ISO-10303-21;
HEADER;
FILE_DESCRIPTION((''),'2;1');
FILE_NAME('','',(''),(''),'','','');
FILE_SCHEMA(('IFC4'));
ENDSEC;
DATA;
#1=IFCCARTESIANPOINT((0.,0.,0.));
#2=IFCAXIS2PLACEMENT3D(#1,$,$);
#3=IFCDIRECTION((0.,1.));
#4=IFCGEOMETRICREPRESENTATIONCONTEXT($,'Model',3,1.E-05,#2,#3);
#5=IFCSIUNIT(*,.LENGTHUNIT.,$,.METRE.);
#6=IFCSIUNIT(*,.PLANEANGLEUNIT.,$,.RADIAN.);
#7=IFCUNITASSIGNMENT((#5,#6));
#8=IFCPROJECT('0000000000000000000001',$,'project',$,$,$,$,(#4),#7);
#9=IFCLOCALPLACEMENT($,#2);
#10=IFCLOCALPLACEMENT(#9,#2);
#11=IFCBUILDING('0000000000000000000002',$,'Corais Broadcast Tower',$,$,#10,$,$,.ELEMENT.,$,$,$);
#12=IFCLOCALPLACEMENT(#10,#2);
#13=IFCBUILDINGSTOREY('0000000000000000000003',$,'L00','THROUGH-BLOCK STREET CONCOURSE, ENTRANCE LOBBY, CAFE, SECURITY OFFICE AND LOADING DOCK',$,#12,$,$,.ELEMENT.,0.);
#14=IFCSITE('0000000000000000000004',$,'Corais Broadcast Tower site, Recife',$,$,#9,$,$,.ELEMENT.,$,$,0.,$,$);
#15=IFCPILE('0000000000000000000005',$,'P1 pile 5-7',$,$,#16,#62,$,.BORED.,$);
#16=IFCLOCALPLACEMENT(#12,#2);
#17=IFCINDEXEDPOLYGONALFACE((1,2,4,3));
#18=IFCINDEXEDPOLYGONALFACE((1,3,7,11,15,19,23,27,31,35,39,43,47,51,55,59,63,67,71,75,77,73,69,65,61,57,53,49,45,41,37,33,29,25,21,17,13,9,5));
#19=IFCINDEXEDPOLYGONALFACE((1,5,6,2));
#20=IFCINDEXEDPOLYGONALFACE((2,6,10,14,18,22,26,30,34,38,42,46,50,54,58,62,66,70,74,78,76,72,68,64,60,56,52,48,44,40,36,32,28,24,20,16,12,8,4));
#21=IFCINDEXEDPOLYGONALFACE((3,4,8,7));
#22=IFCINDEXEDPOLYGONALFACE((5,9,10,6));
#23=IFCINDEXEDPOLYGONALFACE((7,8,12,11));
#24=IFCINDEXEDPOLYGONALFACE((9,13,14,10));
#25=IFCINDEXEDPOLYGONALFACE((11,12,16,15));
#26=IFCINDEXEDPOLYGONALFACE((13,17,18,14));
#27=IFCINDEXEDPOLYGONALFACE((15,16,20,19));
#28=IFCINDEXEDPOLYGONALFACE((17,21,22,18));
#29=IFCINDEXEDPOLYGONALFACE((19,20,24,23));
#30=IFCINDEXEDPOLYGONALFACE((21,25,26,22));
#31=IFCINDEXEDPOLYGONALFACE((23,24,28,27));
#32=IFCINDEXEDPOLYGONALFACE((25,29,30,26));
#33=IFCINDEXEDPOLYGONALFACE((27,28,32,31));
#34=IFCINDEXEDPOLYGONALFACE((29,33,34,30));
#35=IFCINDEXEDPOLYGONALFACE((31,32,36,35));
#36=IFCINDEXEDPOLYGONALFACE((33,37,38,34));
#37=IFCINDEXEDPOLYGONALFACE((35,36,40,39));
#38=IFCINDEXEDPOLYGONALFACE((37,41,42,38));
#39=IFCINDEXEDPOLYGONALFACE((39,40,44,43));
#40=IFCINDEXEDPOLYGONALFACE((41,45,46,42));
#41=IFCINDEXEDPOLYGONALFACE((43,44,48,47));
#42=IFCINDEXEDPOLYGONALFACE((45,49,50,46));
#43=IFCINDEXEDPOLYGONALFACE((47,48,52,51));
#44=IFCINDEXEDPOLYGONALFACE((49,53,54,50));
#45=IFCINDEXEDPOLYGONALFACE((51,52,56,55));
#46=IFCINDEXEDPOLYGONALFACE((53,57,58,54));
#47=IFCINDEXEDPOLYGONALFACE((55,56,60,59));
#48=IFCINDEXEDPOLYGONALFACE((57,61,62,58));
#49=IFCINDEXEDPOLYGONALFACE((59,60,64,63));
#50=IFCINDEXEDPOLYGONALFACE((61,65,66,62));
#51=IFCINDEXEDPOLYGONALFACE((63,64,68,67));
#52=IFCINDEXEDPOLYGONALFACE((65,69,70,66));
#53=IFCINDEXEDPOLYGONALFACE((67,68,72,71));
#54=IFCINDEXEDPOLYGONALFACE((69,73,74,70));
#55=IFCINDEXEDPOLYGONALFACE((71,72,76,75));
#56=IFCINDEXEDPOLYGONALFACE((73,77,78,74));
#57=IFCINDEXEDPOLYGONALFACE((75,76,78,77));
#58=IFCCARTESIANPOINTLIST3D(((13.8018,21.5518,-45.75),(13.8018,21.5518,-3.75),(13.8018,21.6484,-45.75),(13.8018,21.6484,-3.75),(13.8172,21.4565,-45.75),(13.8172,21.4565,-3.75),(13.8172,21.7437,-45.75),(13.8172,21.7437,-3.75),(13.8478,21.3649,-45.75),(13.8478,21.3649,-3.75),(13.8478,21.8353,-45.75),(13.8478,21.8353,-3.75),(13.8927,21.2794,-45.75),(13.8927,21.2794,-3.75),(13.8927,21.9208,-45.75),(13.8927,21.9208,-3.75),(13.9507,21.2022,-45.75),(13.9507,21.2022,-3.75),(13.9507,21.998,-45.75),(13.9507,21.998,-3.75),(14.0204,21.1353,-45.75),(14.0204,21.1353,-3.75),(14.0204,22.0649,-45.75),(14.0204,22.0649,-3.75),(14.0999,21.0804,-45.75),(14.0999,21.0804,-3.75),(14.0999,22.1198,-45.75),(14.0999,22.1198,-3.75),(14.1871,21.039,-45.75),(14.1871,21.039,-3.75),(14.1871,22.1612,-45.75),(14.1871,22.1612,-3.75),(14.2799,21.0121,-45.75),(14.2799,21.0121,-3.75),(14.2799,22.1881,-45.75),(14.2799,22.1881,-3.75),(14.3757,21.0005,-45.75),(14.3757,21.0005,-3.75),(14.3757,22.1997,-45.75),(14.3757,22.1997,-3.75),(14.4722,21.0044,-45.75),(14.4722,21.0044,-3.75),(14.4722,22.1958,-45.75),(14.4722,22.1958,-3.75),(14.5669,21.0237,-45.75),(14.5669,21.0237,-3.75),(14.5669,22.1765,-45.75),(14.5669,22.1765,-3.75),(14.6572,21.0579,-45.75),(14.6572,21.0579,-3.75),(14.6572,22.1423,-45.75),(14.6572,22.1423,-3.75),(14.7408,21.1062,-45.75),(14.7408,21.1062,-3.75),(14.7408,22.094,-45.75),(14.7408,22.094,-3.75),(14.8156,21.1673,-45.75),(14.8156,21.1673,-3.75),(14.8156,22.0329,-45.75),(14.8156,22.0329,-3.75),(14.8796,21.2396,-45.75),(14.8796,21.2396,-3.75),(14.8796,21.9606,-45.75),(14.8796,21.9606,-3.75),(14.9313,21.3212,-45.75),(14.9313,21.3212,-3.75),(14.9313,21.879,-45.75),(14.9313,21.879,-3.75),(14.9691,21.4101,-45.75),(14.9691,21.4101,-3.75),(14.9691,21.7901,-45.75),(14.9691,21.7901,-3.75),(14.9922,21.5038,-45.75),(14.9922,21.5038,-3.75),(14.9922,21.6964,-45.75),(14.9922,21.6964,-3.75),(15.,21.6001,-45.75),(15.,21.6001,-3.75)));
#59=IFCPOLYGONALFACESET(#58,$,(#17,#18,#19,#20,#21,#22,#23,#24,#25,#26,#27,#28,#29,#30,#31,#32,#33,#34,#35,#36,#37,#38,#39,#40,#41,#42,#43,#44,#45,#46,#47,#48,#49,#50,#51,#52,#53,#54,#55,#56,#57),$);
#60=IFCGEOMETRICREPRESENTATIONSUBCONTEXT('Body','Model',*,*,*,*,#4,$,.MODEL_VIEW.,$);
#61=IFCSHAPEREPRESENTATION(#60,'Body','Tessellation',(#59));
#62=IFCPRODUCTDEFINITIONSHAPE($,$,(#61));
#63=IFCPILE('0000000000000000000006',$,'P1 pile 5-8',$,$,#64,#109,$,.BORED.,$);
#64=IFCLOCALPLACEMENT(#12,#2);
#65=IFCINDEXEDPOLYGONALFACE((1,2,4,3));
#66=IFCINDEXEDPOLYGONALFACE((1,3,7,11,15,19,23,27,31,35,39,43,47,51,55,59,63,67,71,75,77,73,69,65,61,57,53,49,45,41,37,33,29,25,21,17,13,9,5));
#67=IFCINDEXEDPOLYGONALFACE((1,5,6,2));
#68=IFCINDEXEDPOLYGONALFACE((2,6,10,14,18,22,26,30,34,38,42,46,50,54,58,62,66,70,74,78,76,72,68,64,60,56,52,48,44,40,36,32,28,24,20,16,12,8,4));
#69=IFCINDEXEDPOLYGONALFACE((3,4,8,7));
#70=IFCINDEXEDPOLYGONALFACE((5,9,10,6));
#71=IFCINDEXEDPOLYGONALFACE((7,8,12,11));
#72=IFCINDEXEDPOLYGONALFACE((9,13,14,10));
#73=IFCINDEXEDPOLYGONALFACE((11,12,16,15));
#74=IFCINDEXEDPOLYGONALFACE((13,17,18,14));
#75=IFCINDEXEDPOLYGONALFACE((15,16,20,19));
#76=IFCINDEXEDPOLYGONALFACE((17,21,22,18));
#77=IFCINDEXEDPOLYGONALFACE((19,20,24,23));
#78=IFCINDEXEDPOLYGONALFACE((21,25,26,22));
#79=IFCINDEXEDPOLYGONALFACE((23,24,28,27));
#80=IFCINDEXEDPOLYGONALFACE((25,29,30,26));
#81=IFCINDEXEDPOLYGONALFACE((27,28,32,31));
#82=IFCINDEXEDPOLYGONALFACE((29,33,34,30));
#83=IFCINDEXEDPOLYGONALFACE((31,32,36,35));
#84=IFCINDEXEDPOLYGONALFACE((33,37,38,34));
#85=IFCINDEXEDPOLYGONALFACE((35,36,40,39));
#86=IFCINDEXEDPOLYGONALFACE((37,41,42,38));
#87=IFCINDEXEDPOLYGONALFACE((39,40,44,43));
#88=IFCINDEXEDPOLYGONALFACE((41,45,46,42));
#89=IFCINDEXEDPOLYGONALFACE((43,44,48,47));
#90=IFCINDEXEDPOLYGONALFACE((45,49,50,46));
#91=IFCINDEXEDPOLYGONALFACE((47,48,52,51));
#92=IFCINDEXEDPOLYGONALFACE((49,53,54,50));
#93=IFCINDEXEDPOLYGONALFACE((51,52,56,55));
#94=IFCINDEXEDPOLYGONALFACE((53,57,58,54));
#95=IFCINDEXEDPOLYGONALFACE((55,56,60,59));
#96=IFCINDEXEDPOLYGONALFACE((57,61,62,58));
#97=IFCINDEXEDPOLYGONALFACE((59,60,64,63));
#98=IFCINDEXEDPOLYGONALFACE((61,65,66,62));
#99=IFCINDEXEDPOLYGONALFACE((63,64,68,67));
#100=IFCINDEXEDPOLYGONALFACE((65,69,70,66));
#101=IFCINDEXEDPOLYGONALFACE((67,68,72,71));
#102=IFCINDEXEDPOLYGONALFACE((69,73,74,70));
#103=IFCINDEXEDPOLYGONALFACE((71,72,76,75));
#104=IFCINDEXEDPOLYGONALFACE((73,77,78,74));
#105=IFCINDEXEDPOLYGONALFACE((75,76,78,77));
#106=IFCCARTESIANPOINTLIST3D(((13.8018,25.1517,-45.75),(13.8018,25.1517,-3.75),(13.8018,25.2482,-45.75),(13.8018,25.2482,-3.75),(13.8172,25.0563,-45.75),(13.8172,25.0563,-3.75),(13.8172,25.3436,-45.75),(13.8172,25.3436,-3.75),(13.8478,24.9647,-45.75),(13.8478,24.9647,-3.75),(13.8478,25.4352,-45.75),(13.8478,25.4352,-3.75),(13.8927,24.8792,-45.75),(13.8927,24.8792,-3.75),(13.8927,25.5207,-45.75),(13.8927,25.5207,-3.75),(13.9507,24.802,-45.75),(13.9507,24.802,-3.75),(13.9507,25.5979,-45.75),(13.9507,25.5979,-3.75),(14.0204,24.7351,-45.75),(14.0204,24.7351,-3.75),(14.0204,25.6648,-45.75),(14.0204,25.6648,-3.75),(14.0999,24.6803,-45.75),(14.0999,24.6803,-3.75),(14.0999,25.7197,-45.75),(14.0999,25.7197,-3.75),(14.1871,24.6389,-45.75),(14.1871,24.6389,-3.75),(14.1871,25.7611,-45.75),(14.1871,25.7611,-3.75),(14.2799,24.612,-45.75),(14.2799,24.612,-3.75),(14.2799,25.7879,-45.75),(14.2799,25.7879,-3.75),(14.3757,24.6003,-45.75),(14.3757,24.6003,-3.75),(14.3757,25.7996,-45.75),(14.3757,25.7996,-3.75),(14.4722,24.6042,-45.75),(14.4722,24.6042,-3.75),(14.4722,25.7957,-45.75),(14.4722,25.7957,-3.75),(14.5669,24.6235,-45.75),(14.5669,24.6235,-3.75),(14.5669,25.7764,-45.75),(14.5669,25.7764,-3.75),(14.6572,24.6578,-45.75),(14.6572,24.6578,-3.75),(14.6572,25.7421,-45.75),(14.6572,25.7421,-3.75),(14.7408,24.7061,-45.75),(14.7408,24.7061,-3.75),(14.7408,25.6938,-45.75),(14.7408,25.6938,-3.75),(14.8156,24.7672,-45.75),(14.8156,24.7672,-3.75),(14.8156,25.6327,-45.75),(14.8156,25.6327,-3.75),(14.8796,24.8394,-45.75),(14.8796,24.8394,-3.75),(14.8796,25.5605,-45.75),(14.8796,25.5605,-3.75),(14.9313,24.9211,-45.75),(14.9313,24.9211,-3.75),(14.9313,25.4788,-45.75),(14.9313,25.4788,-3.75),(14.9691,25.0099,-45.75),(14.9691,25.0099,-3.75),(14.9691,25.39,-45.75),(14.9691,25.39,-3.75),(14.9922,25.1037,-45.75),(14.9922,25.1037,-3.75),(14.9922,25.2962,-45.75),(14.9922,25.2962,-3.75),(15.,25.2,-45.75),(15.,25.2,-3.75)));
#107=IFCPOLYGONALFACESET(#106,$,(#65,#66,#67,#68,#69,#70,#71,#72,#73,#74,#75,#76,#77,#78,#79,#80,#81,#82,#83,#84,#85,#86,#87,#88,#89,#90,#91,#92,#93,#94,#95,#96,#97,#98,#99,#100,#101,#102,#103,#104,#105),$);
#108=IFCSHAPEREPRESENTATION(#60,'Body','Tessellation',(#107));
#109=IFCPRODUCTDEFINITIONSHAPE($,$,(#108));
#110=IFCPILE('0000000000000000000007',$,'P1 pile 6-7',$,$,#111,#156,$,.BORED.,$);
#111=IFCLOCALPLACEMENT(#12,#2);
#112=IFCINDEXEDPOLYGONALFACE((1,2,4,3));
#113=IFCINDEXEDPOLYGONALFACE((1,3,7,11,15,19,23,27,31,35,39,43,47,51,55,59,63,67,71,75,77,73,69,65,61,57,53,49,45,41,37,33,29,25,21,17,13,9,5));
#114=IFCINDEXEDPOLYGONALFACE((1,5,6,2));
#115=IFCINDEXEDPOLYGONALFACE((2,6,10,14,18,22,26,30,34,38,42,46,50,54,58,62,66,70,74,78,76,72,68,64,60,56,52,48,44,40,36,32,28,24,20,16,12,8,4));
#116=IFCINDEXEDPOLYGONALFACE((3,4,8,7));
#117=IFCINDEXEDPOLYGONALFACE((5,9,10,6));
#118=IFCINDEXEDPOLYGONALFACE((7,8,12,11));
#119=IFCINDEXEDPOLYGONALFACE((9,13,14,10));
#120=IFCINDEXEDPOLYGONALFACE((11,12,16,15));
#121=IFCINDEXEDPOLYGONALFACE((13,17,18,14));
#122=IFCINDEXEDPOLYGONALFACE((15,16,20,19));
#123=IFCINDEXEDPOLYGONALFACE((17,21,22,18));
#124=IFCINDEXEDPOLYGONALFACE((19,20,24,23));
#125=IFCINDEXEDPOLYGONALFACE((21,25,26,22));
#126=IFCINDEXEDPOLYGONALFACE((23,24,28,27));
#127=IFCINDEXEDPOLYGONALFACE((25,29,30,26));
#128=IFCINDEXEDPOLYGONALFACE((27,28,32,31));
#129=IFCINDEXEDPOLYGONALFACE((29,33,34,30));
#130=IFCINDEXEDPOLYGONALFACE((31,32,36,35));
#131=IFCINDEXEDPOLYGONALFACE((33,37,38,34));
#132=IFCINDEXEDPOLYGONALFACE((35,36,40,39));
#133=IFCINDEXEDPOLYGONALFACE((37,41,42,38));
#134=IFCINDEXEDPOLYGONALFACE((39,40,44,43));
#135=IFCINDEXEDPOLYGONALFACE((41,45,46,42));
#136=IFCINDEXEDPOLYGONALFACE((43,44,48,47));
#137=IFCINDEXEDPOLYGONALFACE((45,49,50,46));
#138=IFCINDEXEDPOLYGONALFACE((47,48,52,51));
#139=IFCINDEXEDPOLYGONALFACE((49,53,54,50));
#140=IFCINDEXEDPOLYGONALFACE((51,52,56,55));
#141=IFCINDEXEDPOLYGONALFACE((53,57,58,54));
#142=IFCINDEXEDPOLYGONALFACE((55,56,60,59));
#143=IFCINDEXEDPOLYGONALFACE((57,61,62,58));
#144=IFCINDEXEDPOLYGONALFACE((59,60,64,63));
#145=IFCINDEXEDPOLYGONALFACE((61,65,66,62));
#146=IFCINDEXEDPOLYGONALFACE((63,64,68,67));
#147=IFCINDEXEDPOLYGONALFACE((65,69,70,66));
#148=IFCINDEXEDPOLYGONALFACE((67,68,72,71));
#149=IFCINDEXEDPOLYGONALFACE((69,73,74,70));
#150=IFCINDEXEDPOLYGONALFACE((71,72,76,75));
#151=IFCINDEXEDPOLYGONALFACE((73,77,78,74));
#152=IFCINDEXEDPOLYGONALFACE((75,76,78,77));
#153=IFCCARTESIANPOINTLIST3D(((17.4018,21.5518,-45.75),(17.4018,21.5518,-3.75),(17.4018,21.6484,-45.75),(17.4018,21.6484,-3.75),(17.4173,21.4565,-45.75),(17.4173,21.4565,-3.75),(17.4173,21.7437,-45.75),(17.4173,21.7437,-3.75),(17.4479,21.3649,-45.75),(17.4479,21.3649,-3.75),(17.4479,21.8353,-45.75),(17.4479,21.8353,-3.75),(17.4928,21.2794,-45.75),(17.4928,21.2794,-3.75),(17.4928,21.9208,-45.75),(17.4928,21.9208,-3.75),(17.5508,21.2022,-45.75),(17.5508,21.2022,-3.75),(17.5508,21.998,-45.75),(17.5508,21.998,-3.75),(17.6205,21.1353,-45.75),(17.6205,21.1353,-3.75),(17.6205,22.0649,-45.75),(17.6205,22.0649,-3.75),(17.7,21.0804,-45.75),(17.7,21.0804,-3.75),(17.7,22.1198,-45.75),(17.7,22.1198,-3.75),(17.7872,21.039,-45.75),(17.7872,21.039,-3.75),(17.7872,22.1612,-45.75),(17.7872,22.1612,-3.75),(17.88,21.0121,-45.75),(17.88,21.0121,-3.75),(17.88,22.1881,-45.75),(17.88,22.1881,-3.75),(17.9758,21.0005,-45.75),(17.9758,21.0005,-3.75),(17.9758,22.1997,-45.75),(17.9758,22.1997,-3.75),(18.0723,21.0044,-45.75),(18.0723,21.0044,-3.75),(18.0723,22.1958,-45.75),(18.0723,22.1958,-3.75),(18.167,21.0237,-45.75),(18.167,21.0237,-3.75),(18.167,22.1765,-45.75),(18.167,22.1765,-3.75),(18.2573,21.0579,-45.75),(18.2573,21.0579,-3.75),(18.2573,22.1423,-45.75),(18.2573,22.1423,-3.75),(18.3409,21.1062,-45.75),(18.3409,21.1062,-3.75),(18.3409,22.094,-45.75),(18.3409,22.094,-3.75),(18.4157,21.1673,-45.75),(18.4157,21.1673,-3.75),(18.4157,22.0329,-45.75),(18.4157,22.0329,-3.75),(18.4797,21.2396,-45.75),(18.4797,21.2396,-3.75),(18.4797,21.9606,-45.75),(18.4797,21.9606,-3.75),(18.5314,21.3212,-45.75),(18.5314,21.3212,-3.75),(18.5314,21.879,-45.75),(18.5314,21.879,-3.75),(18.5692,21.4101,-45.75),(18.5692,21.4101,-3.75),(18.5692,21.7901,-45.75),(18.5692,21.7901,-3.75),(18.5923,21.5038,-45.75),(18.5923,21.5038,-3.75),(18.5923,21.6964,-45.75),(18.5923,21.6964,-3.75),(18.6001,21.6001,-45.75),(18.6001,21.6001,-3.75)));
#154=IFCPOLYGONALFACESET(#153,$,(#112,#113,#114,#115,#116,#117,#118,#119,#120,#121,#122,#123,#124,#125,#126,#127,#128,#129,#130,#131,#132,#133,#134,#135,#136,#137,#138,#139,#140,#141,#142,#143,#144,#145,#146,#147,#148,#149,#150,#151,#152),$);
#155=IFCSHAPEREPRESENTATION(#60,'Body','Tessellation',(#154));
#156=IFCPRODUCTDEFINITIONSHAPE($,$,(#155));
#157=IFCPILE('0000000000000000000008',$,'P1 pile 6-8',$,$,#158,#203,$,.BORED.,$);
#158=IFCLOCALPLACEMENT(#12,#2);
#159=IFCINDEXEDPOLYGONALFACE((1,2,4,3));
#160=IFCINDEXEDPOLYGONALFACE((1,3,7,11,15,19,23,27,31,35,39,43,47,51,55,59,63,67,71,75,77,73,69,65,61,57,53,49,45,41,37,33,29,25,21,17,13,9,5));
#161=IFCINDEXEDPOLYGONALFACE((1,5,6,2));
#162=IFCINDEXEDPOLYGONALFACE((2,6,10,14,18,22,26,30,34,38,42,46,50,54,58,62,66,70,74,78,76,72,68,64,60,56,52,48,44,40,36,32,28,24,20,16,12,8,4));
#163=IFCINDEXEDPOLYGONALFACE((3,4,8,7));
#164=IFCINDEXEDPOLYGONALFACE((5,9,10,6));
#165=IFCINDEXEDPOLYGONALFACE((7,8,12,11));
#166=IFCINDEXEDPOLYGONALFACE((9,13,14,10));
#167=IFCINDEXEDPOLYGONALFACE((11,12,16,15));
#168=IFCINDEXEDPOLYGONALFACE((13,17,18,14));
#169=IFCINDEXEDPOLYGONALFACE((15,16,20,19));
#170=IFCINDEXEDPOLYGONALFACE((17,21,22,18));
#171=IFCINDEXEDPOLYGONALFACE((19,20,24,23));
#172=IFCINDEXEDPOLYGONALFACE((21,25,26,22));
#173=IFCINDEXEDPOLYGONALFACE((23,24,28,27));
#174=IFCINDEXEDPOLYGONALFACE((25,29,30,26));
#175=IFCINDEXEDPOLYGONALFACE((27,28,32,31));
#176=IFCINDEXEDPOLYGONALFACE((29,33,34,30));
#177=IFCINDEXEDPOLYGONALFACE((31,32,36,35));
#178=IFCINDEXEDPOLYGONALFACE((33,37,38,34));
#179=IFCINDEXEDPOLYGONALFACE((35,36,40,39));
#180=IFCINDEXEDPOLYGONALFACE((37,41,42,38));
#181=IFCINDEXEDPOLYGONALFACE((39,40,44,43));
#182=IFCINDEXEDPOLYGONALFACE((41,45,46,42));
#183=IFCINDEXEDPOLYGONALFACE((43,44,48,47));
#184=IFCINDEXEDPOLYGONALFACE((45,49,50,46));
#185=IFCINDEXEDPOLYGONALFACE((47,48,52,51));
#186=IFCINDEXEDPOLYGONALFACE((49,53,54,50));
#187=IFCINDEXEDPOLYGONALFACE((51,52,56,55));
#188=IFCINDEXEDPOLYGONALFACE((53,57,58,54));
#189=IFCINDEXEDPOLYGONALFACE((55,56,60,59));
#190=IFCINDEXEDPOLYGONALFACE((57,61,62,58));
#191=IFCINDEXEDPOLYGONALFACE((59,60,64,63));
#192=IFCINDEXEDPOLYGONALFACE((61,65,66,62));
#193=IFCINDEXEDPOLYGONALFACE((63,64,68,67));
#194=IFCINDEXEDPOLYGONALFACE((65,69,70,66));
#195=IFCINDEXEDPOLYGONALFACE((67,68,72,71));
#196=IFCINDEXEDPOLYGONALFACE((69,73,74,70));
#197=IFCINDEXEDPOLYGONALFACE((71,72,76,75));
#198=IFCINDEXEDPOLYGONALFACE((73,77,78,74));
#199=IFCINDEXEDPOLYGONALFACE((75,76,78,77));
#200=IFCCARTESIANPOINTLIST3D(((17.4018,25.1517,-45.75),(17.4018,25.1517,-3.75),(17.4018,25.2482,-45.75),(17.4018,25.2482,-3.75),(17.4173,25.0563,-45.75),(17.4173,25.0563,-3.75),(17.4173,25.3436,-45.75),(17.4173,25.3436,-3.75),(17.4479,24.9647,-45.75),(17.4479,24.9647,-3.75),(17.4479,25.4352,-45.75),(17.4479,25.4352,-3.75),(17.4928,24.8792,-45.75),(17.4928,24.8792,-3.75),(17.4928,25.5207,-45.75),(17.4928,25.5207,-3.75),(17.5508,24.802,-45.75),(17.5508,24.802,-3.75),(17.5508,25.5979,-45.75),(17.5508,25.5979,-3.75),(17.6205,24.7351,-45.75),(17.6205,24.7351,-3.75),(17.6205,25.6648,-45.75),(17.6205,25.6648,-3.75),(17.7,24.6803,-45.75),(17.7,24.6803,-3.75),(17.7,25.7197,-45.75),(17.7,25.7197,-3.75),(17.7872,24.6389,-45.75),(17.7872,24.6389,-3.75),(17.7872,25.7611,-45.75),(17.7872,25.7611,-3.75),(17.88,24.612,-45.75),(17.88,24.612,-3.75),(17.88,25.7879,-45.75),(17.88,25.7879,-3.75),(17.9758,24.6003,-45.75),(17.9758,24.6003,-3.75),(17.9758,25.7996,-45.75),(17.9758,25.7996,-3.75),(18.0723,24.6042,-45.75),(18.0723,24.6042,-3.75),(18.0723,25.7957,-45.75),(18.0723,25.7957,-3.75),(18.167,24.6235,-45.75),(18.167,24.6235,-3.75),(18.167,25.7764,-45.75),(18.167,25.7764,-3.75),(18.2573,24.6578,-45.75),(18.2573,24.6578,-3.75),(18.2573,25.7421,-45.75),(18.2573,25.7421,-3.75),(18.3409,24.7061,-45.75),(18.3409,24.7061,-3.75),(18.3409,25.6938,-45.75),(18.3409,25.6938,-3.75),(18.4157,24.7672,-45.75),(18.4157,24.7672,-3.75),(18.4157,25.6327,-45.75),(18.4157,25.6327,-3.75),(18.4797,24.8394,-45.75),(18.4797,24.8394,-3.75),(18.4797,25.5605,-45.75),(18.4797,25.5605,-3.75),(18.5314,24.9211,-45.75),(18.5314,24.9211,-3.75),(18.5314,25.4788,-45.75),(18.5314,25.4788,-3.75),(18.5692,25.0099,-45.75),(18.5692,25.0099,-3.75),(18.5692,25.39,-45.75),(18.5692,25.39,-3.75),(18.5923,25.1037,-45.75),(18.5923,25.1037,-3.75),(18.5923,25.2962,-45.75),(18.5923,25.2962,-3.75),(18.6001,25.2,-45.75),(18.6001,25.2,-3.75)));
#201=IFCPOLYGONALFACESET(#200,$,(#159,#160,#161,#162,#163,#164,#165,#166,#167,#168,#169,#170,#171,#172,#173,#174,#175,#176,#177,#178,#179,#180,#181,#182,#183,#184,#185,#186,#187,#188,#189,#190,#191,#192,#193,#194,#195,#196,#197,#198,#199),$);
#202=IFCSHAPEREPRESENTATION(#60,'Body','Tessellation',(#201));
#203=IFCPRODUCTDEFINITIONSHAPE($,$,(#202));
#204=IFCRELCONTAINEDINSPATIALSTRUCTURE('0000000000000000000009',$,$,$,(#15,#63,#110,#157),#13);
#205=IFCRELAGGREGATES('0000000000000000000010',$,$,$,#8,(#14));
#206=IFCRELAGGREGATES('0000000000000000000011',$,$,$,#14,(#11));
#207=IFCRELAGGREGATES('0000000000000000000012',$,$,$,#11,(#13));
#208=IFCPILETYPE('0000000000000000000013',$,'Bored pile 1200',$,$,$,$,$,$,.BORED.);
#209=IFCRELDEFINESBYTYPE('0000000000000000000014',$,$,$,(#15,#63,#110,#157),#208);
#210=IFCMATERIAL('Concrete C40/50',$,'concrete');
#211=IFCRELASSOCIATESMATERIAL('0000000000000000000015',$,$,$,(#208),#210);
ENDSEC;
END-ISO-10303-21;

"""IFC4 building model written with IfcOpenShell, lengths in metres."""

from ifc_helpers import new_model, si_unit, direction, frame, origin, origin_2d, place, context, subcontext, project, spatial, circle, extrude, material, type_object, element, save


model = new_model("IFC4")

# Units and contexts
model_context = context("Model", 3, precision=1e-05, world=origin(), true_north=direction((0.0, 1.0)))
body_context = subcontext(model_context, "Body", "Model", "MODEL_VIEW")
ifc_project = project(units=[si_unit("LENGTHUNIT", "METRE"), si_unit("PLANEANGLEUNIT", "RADIAN")], contexts=[model_context])

# Site, building, storey
site_placement = place(None, origin())
site = spatial("IfcSite", under=ifc_project, at=site_placement, Name="Corais Broadcast Tower site, Recife", CompositionType="ELEMENT", RefElevation=0.0)
building_placement = place(site_placement, origin())
building = spatial("IfcBuilding", under=site, at=building_placement, Name="Corais Broadcast Tower", CompositionType="ELEMENT")
storey_placement = place(building_placement, origin())
storey = spatial("IfcBuildingStorey", under=building, at=storey_placement, Name="L00", Description="THROUGH-BLOCK STREET CONCOURSE, ENTRANCE LOBBY, CAFE, SECURITY OFFICE AND LOADING DOCK", CompositionType="ELEMENT", Elevation=0.0)

# Piles
ifc_material_1 = material(Name="Concrete C40/50", Category="concrete")
pile_type = type_object("IfcPileType", Name="Bored pile 1200", PredefinedType="BORED", material=ifc_material_1)
for number, where, z_axis, x_axis, name in (
    (1, (14.3999, 21.6001, -3.75), (0.0, 0.0, -1.0), (1.0, 0.0, 0.0), "P1 pile 5-7"),
    (2, (14.3999, 25.2, -3.75), (0.0, 0.0, -1.0), (1.0, 0.0, 0.0), "P1 pile 5-8"),
    (3, (18.0, 21.6001, -3.75), (0.0, 0.0, -1.0), (1.0, 0.0, 0.0), "P1 pile 6-7"),
    (4, (18.0, 25.2, -3.75), (0.0, 0.0, -1.0), (1.0, 0.0, 0.0), "P1 pile 6-8"),
):
    element("IfcPile", number, at=place(storey_placement, frame(where, z_axis=z_axis, x_axis=x_axis)), inside=storey, type_object=pile_type, Name=name, PredefinedType="BORED", context=body_context, shape_type="SweptSolid", body=[
        extrude(circle(Radius=0.6001, at=origin_2d()), origin(), (0.0, 0.0, 1.0), 42.0),
    ])

save(model, "model.ifc")
